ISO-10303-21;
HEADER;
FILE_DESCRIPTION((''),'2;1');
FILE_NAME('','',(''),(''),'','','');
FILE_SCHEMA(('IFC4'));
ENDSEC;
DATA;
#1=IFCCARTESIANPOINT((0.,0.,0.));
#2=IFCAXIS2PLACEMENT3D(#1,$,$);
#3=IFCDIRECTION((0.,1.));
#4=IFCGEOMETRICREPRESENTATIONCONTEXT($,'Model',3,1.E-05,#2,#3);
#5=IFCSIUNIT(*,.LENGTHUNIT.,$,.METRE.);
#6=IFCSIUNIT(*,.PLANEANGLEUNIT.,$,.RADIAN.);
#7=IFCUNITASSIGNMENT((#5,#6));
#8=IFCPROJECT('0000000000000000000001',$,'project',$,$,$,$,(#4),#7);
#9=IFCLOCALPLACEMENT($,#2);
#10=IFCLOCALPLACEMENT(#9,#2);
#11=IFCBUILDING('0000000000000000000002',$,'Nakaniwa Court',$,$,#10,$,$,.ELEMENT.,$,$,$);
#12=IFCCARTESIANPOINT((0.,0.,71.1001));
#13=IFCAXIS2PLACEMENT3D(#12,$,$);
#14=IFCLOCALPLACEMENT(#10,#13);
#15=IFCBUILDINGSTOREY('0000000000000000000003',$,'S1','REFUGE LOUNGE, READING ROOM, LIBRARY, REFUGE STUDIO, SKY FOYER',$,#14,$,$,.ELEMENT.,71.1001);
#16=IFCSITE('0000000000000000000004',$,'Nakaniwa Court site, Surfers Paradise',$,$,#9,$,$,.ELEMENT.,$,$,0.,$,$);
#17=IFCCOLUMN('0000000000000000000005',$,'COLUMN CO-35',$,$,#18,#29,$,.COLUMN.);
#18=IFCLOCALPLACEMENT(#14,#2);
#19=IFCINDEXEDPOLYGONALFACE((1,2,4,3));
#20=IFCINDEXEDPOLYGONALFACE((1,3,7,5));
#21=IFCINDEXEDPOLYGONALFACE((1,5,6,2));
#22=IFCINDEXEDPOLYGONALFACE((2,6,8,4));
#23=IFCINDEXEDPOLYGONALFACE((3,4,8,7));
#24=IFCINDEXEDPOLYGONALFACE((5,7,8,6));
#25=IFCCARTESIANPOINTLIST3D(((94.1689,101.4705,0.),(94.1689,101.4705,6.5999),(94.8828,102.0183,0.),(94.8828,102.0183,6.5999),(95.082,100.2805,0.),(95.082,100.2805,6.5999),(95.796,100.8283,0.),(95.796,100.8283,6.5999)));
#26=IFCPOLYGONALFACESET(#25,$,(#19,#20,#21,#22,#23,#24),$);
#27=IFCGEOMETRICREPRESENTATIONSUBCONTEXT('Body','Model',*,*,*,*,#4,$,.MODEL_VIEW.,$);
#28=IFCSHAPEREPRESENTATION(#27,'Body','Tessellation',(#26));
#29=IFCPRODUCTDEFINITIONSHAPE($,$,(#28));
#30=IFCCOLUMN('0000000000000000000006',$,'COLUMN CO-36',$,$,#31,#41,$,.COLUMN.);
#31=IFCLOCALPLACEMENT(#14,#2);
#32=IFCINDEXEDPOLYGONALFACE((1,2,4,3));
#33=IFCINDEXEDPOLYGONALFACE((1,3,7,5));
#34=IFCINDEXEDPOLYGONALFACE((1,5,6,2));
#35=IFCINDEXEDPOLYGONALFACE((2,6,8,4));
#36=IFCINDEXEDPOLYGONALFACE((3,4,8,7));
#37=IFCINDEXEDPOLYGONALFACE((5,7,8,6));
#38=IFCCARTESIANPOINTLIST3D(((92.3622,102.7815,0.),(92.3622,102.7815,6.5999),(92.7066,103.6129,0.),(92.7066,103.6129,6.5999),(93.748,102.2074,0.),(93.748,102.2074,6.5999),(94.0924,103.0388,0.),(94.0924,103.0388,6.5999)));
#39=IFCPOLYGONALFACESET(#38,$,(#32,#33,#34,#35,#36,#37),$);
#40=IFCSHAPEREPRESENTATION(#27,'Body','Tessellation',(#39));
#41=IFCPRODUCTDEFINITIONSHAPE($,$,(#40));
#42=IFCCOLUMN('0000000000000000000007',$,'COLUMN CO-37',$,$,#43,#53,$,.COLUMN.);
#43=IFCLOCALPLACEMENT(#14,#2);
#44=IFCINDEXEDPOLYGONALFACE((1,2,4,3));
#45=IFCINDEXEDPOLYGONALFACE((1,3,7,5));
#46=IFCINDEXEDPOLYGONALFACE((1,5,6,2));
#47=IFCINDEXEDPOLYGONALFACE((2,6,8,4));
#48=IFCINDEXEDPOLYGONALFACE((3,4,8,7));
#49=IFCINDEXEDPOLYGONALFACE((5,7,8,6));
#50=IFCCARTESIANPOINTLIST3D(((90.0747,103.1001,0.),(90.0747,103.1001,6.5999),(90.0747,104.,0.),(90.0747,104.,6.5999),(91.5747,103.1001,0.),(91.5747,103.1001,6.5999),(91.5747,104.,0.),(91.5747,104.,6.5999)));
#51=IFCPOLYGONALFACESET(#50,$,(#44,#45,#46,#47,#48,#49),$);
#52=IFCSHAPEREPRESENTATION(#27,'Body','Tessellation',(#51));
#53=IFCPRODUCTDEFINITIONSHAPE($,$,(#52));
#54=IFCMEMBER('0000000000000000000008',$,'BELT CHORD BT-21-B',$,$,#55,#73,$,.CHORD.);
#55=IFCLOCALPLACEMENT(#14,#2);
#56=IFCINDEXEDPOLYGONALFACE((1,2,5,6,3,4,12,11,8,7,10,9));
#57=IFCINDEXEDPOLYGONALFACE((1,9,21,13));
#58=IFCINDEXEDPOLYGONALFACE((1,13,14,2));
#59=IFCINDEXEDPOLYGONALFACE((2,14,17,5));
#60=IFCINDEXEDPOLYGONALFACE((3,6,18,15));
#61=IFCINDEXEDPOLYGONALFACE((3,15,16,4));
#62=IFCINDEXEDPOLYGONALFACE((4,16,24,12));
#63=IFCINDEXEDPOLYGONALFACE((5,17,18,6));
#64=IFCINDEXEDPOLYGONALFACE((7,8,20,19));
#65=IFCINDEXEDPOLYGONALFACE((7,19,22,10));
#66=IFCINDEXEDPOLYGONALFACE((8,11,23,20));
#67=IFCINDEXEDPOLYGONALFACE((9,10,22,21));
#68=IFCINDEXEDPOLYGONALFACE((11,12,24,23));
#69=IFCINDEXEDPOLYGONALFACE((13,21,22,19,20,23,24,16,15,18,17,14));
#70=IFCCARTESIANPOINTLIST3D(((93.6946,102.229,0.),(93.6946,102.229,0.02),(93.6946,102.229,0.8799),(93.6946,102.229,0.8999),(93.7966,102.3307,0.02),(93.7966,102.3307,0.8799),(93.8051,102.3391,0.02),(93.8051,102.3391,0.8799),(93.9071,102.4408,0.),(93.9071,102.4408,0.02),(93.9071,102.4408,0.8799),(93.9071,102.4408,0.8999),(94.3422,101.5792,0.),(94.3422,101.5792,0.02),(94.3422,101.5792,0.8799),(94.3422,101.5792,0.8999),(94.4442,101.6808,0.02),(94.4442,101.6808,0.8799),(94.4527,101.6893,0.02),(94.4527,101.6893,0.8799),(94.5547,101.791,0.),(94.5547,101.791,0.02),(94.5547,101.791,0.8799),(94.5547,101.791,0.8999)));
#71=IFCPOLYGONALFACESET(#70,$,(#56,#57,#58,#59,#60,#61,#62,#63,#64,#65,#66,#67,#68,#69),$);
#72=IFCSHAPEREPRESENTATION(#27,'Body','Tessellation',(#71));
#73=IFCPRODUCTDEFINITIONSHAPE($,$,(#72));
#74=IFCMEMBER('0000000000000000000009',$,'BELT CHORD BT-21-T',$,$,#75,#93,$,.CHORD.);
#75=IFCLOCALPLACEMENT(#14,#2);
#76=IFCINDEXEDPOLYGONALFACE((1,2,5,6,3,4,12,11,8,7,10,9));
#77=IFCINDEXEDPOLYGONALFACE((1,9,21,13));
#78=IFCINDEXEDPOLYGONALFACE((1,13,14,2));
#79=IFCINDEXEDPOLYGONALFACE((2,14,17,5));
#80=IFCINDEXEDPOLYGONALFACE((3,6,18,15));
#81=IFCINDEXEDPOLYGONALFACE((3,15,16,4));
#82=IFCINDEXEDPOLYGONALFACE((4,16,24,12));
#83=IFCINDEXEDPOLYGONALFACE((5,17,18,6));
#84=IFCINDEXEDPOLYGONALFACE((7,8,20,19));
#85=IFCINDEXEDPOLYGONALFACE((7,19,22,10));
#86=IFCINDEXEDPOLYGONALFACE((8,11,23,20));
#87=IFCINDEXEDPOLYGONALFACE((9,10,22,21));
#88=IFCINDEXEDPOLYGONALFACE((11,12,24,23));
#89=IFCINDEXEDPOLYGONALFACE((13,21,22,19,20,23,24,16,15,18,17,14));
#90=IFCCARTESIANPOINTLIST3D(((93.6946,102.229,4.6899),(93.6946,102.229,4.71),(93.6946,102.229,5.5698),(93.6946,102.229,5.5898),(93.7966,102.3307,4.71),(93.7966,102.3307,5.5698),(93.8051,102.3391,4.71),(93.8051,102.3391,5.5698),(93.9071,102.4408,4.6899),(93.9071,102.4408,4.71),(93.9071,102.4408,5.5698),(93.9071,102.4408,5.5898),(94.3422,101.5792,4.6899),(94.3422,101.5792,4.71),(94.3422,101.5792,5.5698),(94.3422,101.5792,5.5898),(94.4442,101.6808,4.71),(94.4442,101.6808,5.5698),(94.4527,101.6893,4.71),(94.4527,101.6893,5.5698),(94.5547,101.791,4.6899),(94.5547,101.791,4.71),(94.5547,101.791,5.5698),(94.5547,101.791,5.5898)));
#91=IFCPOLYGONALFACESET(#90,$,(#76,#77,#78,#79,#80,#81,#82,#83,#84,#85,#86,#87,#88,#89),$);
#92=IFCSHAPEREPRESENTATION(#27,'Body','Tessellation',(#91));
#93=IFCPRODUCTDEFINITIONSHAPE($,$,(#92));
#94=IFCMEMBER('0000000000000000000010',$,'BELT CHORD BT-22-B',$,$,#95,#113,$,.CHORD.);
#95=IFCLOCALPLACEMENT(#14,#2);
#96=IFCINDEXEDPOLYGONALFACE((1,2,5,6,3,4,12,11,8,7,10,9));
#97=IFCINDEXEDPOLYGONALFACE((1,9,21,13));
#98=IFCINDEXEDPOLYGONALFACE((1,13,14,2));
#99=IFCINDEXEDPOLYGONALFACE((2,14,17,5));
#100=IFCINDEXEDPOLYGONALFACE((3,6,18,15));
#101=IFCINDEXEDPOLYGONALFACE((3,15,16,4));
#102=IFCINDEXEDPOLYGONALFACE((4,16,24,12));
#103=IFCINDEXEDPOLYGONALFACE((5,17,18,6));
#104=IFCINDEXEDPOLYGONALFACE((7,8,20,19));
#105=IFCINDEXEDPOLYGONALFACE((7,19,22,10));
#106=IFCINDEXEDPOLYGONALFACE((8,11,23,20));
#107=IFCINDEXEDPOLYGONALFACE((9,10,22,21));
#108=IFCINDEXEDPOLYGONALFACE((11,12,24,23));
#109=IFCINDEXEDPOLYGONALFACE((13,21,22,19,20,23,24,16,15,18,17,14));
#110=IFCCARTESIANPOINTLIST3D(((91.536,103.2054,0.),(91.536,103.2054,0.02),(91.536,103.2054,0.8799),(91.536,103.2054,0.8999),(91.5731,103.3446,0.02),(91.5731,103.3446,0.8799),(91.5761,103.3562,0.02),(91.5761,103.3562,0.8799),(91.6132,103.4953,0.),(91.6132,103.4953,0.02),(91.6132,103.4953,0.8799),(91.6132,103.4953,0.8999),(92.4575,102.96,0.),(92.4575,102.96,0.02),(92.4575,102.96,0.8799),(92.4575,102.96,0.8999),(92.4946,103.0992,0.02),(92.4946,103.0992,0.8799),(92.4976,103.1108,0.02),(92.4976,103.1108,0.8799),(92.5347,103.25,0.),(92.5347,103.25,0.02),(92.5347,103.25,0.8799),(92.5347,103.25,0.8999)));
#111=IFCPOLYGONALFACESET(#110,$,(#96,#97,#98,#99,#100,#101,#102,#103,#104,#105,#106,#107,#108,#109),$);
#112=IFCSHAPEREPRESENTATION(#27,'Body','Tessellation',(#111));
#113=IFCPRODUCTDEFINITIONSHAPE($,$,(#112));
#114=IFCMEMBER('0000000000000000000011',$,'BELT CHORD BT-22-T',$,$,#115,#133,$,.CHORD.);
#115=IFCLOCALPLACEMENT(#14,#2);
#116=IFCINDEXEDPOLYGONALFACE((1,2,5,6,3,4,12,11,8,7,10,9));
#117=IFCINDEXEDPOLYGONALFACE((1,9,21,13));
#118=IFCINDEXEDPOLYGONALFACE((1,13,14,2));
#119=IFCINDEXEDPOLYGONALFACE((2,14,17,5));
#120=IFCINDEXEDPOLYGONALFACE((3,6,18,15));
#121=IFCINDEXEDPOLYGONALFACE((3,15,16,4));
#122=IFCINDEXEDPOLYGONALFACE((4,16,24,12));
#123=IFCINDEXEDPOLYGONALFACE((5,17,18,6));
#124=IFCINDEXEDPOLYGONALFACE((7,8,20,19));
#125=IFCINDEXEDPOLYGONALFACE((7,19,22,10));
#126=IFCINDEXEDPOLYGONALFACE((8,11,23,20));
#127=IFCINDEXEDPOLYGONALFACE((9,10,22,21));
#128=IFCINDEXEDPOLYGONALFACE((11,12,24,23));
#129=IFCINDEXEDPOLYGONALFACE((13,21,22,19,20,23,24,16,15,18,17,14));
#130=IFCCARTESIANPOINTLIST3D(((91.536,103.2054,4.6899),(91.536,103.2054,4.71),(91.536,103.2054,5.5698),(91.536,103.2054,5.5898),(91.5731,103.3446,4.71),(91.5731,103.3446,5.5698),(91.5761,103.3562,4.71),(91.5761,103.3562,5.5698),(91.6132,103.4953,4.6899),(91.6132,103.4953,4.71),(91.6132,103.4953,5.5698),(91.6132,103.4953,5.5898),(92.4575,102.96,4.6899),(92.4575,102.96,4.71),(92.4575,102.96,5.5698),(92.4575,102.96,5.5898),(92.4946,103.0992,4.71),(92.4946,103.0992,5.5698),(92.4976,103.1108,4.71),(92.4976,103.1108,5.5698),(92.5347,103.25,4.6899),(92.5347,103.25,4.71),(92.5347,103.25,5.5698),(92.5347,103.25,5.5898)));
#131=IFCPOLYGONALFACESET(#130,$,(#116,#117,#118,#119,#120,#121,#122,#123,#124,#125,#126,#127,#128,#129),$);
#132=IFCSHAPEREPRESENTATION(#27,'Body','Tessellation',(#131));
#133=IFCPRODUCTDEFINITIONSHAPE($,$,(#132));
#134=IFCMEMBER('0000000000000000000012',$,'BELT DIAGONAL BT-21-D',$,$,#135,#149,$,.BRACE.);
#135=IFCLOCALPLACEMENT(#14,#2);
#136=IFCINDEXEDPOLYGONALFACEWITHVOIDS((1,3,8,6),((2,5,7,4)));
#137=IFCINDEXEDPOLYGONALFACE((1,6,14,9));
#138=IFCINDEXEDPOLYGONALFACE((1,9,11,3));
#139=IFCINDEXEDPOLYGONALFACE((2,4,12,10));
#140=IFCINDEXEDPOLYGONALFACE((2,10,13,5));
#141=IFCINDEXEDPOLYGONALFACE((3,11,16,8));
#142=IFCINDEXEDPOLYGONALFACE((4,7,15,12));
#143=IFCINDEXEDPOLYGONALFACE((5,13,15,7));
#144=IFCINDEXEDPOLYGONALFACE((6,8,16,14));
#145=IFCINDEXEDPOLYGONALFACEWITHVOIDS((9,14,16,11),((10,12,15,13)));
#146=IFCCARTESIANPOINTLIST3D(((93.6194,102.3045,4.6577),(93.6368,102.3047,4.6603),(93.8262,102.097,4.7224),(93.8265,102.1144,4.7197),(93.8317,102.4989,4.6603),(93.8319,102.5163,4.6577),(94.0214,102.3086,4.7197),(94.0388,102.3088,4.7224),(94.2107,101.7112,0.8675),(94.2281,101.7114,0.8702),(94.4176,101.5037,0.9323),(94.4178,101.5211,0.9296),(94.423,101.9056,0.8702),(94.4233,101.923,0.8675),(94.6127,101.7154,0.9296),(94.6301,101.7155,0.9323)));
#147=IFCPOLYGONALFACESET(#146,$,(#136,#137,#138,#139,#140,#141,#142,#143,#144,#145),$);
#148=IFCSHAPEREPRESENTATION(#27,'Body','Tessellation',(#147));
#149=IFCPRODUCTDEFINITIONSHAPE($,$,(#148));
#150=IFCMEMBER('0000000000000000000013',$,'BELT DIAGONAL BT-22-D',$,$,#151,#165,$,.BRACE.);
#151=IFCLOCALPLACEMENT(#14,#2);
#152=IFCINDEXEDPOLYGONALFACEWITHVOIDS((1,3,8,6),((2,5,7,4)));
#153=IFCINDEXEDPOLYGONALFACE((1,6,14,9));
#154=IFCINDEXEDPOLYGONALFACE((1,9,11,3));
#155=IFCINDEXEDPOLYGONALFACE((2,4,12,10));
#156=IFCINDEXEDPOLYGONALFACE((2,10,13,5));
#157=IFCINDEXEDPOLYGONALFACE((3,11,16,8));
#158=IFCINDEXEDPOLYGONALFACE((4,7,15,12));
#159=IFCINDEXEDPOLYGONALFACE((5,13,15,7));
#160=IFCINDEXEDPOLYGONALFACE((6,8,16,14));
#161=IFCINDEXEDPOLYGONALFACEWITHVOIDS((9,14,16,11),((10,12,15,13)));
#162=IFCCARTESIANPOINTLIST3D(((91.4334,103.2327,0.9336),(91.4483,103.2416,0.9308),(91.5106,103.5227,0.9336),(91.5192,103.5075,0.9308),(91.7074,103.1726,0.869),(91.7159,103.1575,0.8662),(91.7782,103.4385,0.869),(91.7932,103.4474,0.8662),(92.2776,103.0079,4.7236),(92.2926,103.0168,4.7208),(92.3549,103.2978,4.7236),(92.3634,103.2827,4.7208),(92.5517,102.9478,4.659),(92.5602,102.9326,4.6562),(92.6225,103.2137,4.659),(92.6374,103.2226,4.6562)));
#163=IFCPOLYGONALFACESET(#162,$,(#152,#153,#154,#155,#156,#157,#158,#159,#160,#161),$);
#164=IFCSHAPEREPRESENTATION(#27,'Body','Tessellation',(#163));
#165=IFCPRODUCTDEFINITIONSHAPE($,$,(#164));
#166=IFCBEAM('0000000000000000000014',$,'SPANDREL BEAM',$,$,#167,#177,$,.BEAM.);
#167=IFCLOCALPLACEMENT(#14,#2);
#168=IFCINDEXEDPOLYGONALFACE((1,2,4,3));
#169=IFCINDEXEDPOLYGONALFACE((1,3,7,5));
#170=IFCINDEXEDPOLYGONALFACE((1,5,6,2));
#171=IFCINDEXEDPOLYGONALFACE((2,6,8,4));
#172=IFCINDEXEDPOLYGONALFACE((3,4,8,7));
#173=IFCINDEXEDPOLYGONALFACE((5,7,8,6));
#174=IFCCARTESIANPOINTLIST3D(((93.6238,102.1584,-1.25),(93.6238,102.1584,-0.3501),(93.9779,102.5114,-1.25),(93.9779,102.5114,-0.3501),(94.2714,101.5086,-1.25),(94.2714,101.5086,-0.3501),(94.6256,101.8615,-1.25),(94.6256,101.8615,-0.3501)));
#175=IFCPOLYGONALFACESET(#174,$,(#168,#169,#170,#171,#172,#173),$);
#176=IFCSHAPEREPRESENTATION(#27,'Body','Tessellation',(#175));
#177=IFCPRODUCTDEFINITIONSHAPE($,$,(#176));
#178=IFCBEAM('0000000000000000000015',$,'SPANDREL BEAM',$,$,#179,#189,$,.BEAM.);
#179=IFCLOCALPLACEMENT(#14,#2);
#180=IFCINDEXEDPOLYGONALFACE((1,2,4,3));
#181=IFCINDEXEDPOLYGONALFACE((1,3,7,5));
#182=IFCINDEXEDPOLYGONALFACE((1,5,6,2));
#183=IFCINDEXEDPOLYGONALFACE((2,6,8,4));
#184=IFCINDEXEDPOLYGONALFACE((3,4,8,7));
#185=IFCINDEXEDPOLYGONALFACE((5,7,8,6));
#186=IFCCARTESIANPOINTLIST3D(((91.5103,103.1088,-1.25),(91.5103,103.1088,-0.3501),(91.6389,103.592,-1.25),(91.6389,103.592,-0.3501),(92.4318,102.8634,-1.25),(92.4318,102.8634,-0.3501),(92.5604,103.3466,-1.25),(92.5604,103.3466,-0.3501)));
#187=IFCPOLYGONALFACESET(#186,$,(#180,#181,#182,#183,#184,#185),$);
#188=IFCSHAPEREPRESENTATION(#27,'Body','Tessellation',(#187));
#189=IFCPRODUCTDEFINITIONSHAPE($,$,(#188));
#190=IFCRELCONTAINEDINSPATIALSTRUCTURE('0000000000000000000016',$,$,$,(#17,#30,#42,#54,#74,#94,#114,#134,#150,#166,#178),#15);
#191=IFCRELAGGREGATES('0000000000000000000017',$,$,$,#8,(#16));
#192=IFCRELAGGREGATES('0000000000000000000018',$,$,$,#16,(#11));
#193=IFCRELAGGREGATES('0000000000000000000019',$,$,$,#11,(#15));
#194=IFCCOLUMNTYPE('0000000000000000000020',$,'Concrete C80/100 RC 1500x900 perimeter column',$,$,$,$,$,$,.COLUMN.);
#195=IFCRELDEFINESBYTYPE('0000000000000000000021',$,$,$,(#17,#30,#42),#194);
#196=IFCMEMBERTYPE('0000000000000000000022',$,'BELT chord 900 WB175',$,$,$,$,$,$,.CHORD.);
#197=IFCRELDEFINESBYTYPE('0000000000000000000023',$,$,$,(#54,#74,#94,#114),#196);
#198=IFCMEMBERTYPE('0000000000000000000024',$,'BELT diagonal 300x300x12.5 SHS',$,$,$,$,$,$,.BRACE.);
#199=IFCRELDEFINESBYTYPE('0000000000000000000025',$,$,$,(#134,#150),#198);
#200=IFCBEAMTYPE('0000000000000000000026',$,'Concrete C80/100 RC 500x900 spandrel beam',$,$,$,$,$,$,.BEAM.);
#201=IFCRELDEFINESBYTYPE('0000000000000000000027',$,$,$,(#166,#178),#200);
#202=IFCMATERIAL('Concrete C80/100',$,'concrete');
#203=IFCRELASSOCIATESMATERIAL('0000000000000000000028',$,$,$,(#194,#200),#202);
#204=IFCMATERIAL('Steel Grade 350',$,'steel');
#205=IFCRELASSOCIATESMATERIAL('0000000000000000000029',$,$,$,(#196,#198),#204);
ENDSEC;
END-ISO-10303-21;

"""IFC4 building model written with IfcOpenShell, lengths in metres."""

from ifc_helpers import new_model, si_unit, direction, frame, origin, origin_2d, place, context, subcontext, project, spatial, rectangle, hollow_rectangle, i_section, extrude, material, material_profile, profile_set, type_object, element, save


model = new_model("IFC4")

# Units and contexts
model_context = context("Model", 3, precision=1e-05, world=origin(), true_north=direction((0.0, 1.0)))
body_context = subcontext(model_context, "Body", "Model", "MODEL_VIEW")
ifc_project = project(units=[si_unit("LENGTHUNIT", "METRE"), si_unit("PLANEANGLEUNIT", "RADIAN")], contexts=[model_context])

# Site, building, storey
site_placement = place(None, origin())
site = spatial("IfcSite", under=ifc_project, at=site_placement, Name="Nakaniwa Court site, Surfers Paradise", CompositionType="ELEMENT", RefElevation=0.0)
building_placement = place(site_placement, origin())
building = spatial("IfcBuilding", under=site, at=building_placement, Name="Nakaniwa Court", CompositionType="ELEMENT")
storey_placement = place(building_placement, frame((0.0, 0.0, 71.1001)))
storey = spatial("IfcBuildingStorey", under=building, at=storey_placement, Name="S1", Description="REFUGE LOUNGE, READING ROOM, LIBRARY, REFUGE STUDIO, SKY FOYER", CompositionType="ELEMENT", Elevation=71.1001)

# Columns
ifc_material_1 = material(Name="Concrete C80/100", Category="concrete")
ifc_material_profile_1 = material_profile(ifc_material_1, rectangle(XDim=1.5, YDim=0.8999, at=origin_2d()), Name="Concrete C80/100 RC 1500x900 perimeter column")
ifc_profile_set_1 = profile_set([ifc_material_profile_1], Name="Concrete C80/100")
column_type = type_object("IfcColumnType", Name="Concrete C80/100 RC 1500x900 perimeter column", PredefinedType="COLUMN", material=ifc_profile_set_1)
for number, where, z_axis, x_axis, name in (
    (1, (94.9824, 101.1494, 0.0), (0.0, 0.0, 1.0), (-0.608761, 0.793353, 0.0), "COLUMN CO-35"),
    (2, (93.2273, 102.9102, 0.0), (0.0, 0.0, 1.0), (-0.92388, 0.382683, 0.0), "COLUMN CO-36"),
    (3, (90.8247, 103.55, 0.0), (0.0, 0.0, 1.0), (-1.0, 0.0, 0.0), "COLUMN CO-37"),
):
    element("IfcColumn", number, at=place(storey_placement, frame(where, z_axis=z_axis, x_axis=x_axis)), inside=storey, type_object=column_type, Name=name, PredefinedType="COLUMN", context=body_context, shape_type="SweptSolid", body=[
        extrude(rectangle(XDim=1.5, YDim=0.8999, at=origin_2d()), origin(), (0.0, 0.0, 1.0), 6.5999),
    ])

# Members
ifc_material_2 = material(Name="Steel Grade 350", Category="steel")
ifc_material_profile_2 = material_profile(ifc_material_2, i_section(OverallWidth=0.3, OverallDepth=0.8999, WebThickness=0.012, FlangeThickness=0.02, at=origin_2d()), Name="900WB175")
ifc_profile_set_2 = profile_set([ifc_material_profile_2], Name="Steel Grade 350")
member_type_1 = type_object("IfcMemberType", Name="BELT chord 900 WB175", PredefinedType="CHORD", material=ifc_profile_set_2)
for number, where, z_axis, x_axis, name in (
    (4, (94.4485, 101.6851, 0.45), (-0.705908, 0.708303, 0.0), (-0.708303, -0.705908, 0.0), "BELT CHORD BT-21-B"),
    (5, (94.4485, 101.6851, 5.1399), (-0.705908, 0.708303, 0.0), (-0.708303, -0.705908, 0.0), "BELT CHORD BT-21-T"),
):
    element("IfcMember", number, at=place(storey_placement, frame(where, z_axis=z_axis, x_axis=x_axis)), inside=storey, type_object=member_type_1, Name=name, PredefinedType="CHORD", context=body_context, shape_type="SweptSolid", body=[
        extrude(i_section(OverallWidth=0.3, OverallDepth=0.8999, WebThickness=0.012, FlangeThickness=0.02, at=origin_2d()), origin(), (0.0, 0.0, 1.0), 0.9175),
    ])
for number, where, z_axis, x_axis, name in (
    (6, (92.4961, 103.105, 0.45), (-0.966324, 0.257328, 0.0), (-0.257328, -0.966324, 0.0), "BELT CHORD BT-22-B"),
    (7, (92.4961, 103.105, 5.1399), (-0.966324, 0.257328, 0.0), (-0.257328, -0.966324, 0.0), "BELT CHORD BT-22-T"),
):
    element("IfcMember", number, at=place(storey_placement, frame(where, z_axis=z_axis, x_axis=x_axis)), inside=storey, type_object=member_type_1, Name=name, PredefinedType="CHORD", context=body_context, shape_type="SweptSolid", body=[
        extrude(i_section(OverallWidth=0.3, OverallDepth=0.8999, WebThickness=0.012, FlangeThickness=0.02, at=origin_2d()), origin(), (0.0, 0.0, 1.0), 0.9536),
    ])
ifc_material_profile_3 = material_profile(ifc_material_2, hollow_rectangle(XDim=0.3, YDim=0.3, WallThickness=0.0125, at=origin_2d()), Name="BELT diagonal 300x300x12.5 SHS")
ifc_profile_set_3 = profile_set([ifc_material_profile_3], Name="Steel Grade 350")
member_type_2 = type_object("IfcMemberType", Name="BELT diagonal 300x300x12.5 SHS", PredefinedType="BRACE", material=ifc_profile_set_3)
member_1_placement = place(storey_placement, frame((94.4204, 101.7134, 0.8999), z_axis=(-0.15234, 0.152844, 0.976438), x_axis=(-0.708272, -0.70594, 0.0)))
element("IfcMember", 8, at=member_1_placement, inside=storey, type_object=member_type_2, Name="BELT DIAGONAL BT-21-D", PredefinedType="BRACE", context=body_context, shape_type="SweptSolid", body=[
    extrude(hollow_rectangle(XDim=0.3, YDim=0.3, WallThickness=0.0125, at=origin_2d()), origin(), (0.0, 0.0, 1.0), 3.8816),
])
member_2_placement = place(storey_placement, frame((92.4575, 103.1152, 4.6899), z_axis=(-0.217059, 0.057811, -0.974445), x_axis=(-0.257367, -0.966314, 0.0)))
element("IfcMember", 9, at=member_2_placement, inside=storey, type_object=member_type_2, Name="BELT DIAGONAL BT-22-D", PredefinedType="BRACE", context=body_context, shape_type="SweptSolid", body=[
    extrude(hollow_rectangle(XDim=0.3, YDim=0.3, WallThickness=0.0125, at=origin_2d()), origin(), (0.0, 0.0, 1.0), 3.8894),
])

# Beams
ifc_material_profile_4 = material_profile(ifc_material_1, rectangle(XDim=0.5, YDim=0.8999, at=origin_2d()), Name="Concrete C80/100 RC 500x900 spandrel beam")
ifc_profile_set_4 = profile_set([ifc_material_profile_4], Name="Concrete C80/100")
beam_type = type_object("IfcBeamType", Name="Concrete C80/100 RC 500x900 spandrel beam", PredefinedType="BEAM", material=ifc_profile_set_4)
beam_1_placement = place(storey_placement, frame((94.4485, 101.6851, -0.8), z_axis=(-0.705908, 0.708303, 0.0), x_axis=(-0.708303, -0.705908, 0.0)))
element("IfcBeam", 10, at=beam_1_placement, inside=storey, type_object=beam_type, Name="SPANDREL BEAM", PredefinedType="BEAM", context=body_context, shape_type="SweptSolid", body=[
    extrude(rectangle(XDim=0.5, YDim=0.8999, at=origin_2d()), origin(), (0.0, 0.0, 1.0), 0.9175),
])
beam_2_placement = place(storey_placement, frame((92.4961, 103.105, -0.8), z_axis=(-0.966324, 0.257328, 0.0), x_axis=(-0.257328, -0.966324, 0.0)))
element("IfcBeam", 11, at=beam_2_placement, inside=storey, type_object=beam_type, Name="SPANDREL BEAM", PredefinedType="BEAM", context=body_context, shape_type="SweptSolid", body=[
    extrude(rectangle(XDim=0.5, YDim=0.8999, at=origin_2d()), origin(), (0.0, 0.0, 1.0), 0.9536),
])

save(model, "model.ifc")
